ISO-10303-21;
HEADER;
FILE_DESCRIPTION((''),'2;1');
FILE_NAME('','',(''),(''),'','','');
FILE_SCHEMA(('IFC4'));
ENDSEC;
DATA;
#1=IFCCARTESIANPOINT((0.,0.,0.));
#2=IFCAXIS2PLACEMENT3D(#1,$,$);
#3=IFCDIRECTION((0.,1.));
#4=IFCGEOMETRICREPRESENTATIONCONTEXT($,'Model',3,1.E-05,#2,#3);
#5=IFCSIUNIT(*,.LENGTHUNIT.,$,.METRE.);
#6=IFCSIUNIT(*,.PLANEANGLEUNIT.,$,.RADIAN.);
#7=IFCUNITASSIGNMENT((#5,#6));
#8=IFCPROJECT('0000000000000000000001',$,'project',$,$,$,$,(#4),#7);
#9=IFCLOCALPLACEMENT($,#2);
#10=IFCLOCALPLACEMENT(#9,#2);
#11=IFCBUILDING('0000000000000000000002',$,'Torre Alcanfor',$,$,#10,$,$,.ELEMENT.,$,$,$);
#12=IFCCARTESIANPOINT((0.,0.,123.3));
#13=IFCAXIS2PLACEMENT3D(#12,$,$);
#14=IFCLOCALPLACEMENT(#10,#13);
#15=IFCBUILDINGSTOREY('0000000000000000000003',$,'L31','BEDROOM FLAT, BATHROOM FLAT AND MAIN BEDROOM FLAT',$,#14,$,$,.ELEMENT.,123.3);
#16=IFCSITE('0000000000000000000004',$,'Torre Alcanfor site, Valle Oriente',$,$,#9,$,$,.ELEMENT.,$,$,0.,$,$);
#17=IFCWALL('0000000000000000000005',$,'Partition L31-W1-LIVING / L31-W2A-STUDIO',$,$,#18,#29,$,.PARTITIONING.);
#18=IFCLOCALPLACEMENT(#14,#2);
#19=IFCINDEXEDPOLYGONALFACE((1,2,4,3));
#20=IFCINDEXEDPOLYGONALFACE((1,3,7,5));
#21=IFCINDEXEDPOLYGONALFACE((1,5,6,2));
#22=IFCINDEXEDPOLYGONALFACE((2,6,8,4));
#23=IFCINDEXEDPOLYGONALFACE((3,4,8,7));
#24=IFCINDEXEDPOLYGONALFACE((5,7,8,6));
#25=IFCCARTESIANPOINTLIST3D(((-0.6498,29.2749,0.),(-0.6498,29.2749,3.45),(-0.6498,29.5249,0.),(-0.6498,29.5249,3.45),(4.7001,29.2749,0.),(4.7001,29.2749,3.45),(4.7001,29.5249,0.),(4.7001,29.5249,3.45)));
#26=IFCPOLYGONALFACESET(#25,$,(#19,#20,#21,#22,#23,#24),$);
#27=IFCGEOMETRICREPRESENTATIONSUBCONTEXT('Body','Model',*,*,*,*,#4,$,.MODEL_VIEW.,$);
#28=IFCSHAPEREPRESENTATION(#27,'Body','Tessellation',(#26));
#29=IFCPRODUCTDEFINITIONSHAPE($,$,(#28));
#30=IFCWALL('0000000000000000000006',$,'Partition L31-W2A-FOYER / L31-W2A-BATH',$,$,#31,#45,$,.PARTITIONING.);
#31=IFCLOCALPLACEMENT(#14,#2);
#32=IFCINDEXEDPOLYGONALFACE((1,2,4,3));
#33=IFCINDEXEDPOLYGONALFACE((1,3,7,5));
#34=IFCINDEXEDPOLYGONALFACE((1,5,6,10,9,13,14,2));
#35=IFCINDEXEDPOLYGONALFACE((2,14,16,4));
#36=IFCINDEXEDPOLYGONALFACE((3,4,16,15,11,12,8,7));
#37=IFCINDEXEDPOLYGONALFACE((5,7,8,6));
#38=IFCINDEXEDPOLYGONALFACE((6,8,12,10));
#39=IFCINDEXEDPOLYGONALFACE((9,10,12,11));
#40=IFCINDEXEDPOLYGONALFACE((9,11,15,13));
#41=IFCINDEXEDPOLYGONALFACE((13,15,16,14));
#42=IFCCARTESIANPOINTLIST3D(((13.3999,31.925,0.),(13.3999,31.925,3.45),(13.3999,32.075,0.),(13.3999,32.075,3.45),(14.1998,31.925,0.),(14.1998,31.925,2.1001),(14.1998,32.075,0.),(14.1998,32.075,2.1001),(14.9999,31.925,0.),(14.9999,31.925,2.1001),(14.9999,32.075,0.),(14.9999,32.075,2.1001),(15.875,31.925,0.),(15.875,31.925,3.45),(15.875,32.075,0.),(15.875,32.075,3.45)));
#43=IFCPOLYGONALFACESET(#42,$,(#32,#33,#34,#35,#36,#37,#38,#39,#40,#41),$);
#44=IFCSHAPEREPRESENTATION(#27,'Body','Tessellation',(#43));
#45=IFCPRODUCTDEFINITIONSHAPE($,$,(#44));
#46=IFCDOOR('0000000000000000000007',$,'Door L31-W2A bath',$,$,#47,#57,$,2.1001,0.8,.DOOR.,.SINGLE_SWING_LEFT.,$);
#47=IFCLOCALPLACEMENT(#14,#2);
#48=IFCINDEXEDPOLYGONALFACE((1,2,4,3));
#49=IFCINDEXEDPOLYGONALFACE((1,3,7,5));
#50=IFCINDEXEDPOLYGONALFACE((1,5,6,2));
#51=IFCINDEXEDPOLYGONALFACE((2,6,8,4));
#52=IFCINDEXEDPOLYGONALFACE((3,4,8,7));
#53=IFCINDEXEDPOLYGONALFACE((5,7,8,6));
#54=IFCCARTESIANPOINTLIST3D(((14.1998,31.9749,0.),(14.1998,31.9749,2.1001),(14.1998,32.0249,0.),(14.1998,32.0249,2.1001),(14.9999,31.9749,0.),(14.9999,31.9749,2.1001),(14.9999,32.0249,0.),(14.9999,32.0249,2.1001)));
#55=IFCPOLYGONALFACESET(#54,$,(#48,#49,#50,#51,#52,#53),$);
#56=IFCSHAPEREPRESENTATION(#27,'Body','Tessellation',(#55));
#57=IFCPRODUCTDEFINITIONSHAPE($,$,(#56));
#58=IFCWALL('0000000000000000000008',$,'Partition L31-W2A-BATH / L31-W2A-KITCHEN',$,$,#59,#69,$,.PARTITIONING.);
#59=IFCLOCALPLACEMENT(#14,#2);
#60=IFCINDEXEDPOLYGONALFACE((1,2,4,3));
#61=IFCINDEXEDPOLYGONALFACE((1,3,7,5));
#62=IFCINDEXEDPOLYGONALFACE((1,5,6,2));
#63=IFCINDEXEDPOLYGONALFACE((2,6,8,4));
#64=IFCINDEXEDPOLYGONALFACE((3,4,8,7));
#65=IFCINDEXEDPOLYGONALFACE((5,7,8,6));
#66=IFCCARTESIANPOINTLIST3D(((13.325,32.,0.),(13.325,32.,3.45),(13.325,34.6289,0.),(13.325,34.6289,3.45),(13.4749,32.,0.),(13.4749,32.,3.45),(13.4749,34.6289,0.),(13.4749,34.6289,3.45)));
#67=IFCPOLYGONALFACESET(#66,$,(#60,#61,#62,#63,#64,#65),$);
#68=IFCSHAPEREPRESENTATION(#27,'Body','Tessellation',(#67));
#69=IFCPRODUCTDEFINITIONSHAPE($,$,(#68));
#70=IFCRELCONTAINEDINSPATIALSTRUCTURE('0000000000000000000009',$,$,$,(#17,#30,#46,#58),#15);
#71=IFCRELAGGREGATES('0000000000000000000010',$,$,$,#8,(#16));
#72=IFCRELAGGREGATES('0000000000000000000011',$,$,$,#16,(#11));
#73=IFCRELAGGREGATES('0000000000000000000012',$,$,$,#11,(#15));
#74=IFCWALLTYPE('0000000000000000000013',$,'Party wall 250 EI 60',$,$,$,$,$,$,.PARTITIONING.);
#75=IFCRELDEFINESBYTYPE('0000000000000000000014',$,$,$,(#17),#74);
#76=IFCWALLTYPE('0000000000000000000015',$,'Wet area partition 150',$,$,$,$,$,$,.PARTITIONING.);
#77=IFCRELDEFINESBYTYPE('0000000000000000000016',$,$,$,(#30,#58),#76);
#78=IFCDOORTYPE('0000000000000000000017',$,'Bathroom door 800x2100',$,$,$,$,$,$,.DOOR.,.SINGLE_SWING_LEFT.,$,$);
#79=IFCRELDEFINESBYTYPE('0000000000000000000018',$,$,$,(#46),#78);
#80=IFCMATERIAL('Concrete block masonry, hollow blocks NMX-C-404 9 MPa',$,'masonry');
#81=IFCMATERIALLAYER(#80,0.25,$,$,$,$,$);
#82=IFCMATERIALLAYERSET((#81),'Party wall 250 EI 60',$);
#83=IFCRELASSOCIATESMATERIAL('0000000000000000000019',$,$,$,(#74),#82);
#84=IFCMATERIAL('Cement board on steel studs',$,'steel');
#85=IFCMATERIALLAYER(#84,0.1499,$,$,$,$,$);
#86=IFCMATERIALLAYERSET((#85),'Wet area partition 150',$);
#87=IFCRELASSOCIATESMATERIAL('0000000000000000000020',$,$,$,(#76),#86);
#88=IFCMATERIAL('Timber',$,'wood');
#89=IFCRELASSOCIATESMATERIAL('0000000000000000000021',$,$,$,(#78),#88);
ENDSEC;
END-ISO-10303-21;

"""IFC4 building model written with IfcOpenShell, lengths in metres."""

from ifc_helpers import new_model, si_unit, direction, frame, frame_2d, origin, place, context, subcontext, project, spatial, rectangle, extrude, material, layer, layer_set, type_object, element, fill, save


model = new_model("IFC4")

# Units and contexts
model_context = context("Model", 3, precision=1e-05, world=origin(), true_north=direction((0.0, 1.0)))
body_context = subcontext(model_context, "Body", "Model", "MODEL_VIEW")
ifc_project = project(units=[si_unit("LENGTHUNIT", "METRE"), si_unit("PLANEANGLEUNIT", "RADIAN")], contexts=[model_context])

# Site, building, storey
site_placement = place(None, origin())
site = spatial("IfcSite", under=ifc_project, at=site_placement, Name="Torre Alcanfor site, Valle Oriente", CompositionType="ELEMENT", RefElevation=0.0)
building_placement = place(site_placement, origin())
building = spatial("IfcBuilding", under=site, at=building_placement, Name="Torre Alcanfor", CompositionType="ELEMENT")
storey_placement = place(building_placement, frame((0.0, 0.0, 123.3)))
storey = spatial("IfcBuildingStorey", under=building, at=storey_placement, Name="L31", Description="BEDROOM FLAT, BATHROOM FLAT AND MAIN BEDROOM FLAT", CompositionType="ELEMENT", Elevation=123.3)

# Wall
ifc_material_1 = material(Name="Concrete block masonry, hollow blocks NMX-C-404 9 MPa", Category="masonry")
ifc_layer_1 = layer(ifc_material_1, 0.25)
ifc_layer_set_1 = layer_set([ifc_layer_1], Name="Party wall 250 EI 60")
wall_type_1 = type_object("IfcWallType", Name="Party wall 250 EI 60", PredefinedType="PARTITIONING", material=ifc_layer_set_1)
wall_1_placement = place(storey_placement, frame((4.7, 29.3999, 0.0), z_axis=(0.0, 0.0, 1.0), x_axis=(-1.0, 0.0, 0.0)))
element("IfcWall", 1, at=wall_1_placement, inside=storey, type_object=wall_type_1, Name="Partition L31-W1-LIVING / L31-W2A-STUDIO", PredefinedType="PARTITIONING", context=body_context, shape_type="SweptSolid", body=[
    extrude(rectangle(XDim=5.3499, YDim=0.25, at=frame_2d((2.6748, 0.0))), origin(), (0.0, 0.0, 1.0), 3.45),
])

# Wall, opening, door
ifc_material_2 = material(Name="Cement board on steel studs", Category="steel")
ifc_layer_2 = layer(ifc_material_2, 0.1499)
ifc_layer_set_2 = layer_set([ifc_layer_2], Name="Wet area partition 150")
wall_type_2 = type_object("IfcWallType", Name="Wet area partition 150", PredefinedType="PARTITIONING", material=ifc_layer_set_2)
wall_2_placement = place(storey_placement, frame((13.3999, 32.0, 0.0), z_axis=(0.0, 0.0, 1.0), x_axis=(1.0, 0.0, 0.0)))
wall_2 = element("IfcWall", 2, at=wall_2_placement, inside=storey, type_object=wall_type_2, Name="Partition L31-W2A-FOYER / L31-W2A-BATH", PredefinedType="PARTITIONING", context=body_context, shape_type="SweptSolid", body=[
    extrude(rectangle(XDim=2.4751, YDim=0.1499, at=frame_2d((1.2375, 0.0))), origin(), (0.0, 0.0, 1.0), 3.45),
])
opening_placement = place(wall_2_placement, frame((0.8, 0.0, 0.0)))
opening = element("IfcOpeningElement", 3, at=opening_placement, cuts=wall_2, PredefinedType="OPENING", context=body_context, shape_type="SweptSolid", body=[
    extrude(rectangle(XDim=0.8, YDim=2.1001, at=frame_2d((0.3999, 1.05))), frame((0.0, 0.085, 0.0), z_axis=(0.0, -1.0, 0.0), x_axis=(1.0, 0.0, 0.0)), (0.0, 0.0, 1.0), 0.1699),
])
ifc_material_3 = material(Name="Timber", Category="wood")
door_type = type_object("IfcDoorType", Name="Bathroom door 800x2100", OperationType="SINGLE_SWING_LEFT", PredefinedType="DOOR", material=ifc_material_3)
door_placement = place(opening_placement, origin())
door = element("IfcDoor", 4, at=door_placement, inside=storey, type_object=door_type, Name="Door L31-W2A bath", OperationType="SINGLE_SWING_LEFT", OverallHeight=2.1001, OverallWidth=0.8, PredefinedType="DOOR", context=body_context, shape_type="SweptSolid", body=[
    extrude(rectangle(XDim=0.8, YDim=2.1001, at=frame_2d((0.3999, 1.05))), frame((0.0, 0.0249, 0.0), z_axis=(0.0, -1.0, 0.0), x_axis=(1.0, 0.0, 0.0)), (0.0, 0.0, 1.0), 0.05),
])
fill(opening, door)

# Wall
wall_3_placement = place(storey_placement, frame((13.3999, 32.0, 0.0), z_axis=(0.0, 0.0, 1.0), x_axis=(0.0, 1.0, 0.0)))
element("IfcWall", 5, at=wall_3_placement, inside=storey, type_object=wall_type_2, Name="Partition L31-W2A-BATH / L31-W2A-KITCHEN", PredefinedType="PARTITIONING", context=body_context, shape_type="SweptSolid", body=[
    extrude(rectangle(XDim=2.6289, YDim=0.1499, at=frame_2d((1.3145, 0.0))), origin(), (0.0, 0.0, 1.0), 3.45),
])

save(model, "model.ifc")
